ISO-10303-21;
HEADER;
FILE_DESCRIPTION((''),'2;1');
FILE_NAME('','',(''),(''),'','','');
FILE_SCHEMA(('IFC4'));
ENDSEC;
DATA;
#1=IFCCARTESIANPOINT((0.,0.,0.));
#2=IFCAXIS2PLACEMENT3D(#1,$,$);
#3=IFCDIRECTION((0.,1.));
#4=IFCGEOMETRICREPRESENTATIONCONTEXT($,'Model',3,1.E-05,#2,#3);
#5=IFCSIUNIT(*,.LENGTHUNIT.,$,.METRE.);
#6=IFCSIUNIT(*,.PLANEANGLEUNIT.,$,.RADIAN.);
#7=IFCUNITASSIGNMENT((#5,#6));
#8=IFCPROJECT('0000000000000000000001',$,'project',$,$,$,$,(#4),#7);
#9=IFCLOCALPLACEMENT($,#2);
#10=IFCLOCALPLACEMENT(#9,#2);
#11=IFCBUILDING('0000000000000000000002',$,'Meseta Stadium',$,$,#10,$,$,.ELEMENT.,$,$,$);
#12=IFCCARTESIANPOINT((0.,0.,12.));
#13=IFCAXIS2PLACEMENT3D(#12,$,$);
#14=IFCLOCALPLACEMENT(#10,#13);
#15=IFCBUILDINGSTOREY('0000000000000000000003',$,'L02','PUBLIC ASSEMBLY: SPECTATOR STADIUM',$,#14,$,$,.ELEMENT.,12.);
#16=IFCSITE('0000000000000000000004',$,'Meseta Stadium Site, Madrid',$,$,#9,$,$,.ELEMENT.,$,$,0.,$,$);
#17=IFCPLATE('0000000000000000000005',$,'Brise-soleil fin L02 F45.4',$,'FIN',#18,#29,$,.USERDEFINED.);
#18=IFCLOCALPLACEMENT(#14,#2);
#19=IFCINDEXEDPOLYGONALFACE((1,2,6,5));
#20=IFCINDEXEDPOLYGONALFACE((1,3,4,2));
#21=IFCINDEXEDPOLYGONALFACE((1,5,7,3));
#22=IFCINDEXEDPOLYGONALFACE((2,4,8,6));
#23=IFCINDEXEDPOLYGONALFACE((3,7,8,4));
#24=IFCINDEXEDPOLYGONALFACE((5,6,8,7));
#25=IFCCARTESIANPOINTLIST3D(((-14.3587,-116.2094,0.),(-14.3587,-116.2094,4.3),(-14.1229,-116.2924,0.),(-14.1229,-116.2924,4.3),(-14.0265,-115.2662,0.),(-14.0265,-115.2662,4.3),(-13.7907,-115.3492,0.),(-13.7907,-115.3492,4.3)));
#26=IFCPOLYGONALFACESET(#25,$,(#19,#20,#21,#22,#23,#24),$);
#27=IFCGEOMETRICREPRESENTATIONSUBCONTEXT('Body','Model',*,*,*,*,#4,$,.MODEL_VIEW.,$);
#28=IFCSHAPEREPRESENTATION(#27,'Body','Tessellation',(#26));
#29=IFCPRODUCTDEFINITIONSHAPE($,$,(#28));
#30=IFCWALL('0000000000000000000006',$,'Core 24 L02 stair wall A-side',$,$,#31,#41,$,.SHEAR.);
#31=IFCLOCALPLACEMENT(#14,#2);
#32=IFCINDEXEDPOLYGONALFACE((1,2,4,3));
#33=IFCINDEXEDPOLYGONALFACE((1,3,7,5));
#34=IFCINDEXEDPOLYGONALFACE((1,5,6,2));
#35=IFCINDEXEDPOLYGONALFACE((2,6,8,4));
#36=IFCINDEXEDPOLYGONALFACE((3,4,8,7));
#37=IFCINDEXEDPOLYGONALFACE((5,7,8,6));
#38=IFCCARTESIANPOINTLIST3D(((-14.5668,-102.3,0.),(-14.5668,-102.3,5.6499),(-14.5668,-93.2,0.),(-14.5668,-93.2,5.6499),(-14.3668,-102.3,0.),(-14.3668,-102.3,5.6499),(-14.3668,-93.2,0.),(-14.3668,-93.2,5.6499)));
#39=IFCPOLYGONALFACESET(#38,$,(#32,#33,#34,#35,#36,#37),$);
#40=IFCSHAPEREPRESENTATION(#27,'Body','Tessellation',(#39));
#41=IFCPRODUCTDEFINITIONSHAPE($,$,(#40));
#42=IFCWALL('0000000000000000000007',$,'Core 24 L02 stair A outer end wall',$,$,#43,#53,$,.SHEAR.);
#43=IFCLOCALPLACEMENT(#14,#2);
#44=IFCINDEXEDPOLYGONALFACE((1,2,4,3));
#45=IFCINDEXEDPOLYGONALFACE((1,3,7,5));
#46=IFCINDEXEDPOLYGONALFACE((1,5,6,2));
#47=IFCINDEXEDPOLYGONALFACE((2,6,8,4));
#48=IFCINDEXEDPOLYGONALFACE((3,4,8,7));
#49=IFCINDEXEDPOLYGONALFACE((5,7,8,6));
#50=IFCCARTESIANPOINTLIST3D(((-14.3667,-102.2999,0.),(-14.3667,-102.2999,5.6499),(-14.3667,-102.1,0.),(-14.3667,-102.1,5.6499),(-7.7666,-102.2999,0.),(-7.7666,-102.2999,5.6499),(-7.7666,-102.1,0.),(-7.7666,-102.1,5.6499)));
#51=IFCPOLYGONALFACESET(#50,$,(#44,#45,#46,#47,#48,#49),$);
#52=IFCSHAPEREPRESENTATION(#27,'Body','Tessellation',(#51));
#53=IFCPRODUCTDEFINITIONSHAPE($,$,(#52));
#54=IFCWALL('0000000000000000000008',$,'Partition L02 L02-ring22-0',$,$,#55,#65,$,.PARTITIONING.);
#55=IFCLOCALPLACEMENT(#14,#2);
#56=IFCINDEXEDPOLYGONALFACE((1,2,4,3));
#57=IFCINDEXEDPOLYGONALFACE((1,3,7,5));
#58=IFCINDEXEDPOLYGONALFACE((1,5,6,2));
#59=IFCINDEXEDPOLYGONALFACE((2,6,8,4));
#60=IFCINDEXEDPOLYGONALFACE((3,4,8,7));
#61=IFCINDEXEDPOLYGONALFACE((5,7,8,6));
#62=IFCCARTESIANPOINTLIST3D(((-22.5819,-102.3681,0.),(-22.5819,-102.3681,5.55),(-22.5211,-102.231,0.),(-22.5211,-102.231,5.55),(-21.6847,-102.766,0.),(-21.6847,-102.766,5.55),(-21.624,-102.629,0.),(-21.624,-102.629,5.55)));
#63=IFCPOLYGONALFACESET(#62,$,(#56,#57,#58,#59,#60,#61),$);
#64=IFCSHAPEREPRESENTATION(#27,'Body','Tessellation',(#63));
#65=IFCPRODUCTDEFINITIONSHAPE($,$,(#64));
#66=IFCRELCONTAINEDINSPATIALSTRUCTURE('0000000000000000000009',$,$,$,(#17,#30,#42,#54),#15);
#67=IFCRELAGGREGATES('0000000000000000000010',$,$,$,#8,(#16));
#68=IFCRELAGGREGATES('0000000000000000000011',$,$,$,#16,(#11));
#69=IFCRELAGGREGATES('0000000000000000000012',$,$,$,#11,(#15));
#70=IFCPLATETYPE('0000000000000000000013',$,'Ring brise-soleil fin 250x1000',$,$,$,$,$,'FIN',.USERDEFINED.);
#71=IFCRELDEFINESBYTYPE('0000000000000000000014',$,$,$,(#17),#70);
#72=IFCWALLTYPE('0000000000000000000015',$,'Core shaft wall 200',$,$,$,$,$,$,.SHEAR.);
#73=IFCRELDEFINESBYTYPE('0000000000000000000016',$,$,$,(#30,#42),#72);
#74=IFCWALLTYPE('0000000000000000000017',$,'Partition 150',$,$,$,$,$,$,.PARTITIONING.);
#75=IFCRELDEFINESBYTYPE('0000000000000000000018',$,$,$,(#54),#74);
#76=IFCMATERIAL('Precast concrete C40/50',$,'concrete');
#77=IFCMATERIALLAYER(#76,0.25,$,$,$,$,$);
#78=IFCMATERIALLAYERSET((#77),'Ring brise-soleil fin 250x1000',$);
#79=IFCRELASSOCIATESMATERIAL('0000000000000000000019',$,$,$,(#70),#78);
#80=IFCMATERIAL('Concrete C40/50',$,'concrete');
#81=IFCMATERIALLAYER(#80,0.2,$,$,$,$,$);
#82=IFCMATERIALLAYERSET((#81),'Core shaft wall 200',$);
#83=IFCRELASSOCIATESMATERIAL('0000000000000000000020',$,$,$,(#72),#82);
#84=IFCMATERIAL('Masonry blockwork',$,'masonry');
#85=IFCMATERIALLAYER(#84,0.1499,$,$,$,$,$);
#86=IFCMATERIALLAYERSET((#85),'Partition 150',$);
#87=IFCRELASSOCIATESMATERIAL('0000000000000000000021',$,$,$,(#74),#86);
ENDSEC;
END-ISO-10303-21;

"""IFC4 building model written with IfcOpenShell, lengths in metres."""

from ifc_helpers import new_model, si_unit, direction, frame, frame_2d, origin, origin_2d, place, context, subcontext, project, spatial, rectangle, extrude, material, layer, layer_set, type_object, element, save


model = new_model("IFC4")

# Units and contexts
model_context = context("Model", 3, precision=1e-05, world=origin(), true_north=direction((0.0, 1.0)))
body_context = subcontext(model_context, "Body", "Model", "MODEL_VIEW")
ifc_project = project(units=[si_unit("LENGTHUNIT", "METRE"), si_unit("PLANEANGLEUNIT", "RADIAN")], contexts=[model_context])

# Site, building, storey
site_placement = place(None, origin())
site = spatial("IfcSite", under=ifc_project, at=site_placement, Name="Meseta Stadium Site, Madrid", CompositionType="ELEMENT", RefElevation=0.0)
building_placement = place(site_placement, origin())
building = spatial("IfcBuilding", under=site, at=building_placement, Name="Meseta Stadium", CompositionType="ELEMENT")
storey_placement = place(building_placement, frame((0.0, 0.0, 12.0)))
storey = spatial("IfcBuildingStorey", under=building, at=storey_placement, Name="L02", Description="PUBLIC ASSEMBLY: SPECTATOR STADIUM", CompositionType="ELEMENT", Elevation=12.0)

# Plate
ifc_material_1 = material(Name="Precast concrete C40/50", Category="concrete")
ifc_layer_1 = layer(ifc_material_1, 0.25)
ifc_layer_set_1 = layer_set([ifc_layer_1], Name="Ring brise-soleil fin 250x1000")
plate_type_1 = type_object("IfcPlateType", Name="Ring brise-soleil fin 250x1000", ElementType="FIN", PredefinedType="USERDEFINED", material=ifc_layer_set_1)
for number, where, z_axis, x_axis, name in (
    (1, (-14.0747, -115.7793, 0.0), (0.0, 0.0, 1.0), (0.943217, -0.332176, 0.0), "Brise-soleil fin L02 F45.4"),
):
    element("IfcPlate", number, at=place(storey_placement, frame(where, z_axis=z_axis, x_axis=x_axis)), inside=storey, type_object=plate_type_1, Name=name, ObjectType="FIN", PredefinedType="USERDEFINED", context=body_context, shape_type="SweptSolid", body=[
        extrude(rectangle(XDim=0.25, YDim=1.0, at=origin_2d()), origin(), (0.0, 0.0, 1.0), 4.3),
    ])

# Walls
ifc_material_2 = material(Name="Concrete C40/50", Category="concrete")
ifc_layer_2 = layer(ifc_material_2, 0.2)
ifc_layer_set_2 = layer_set([ifc_layer_2], Name="Core shaft wall 200")
wall_type_1 = type_object("IfcWallType", Name="Core shaft wall 200", PredefinedType="SHEAR", material=ifc_layer_set_2)
wall_1_placement = place(storey_placement, frame((-14.4668, -102.3, 0.0), z_axis=(0.0, 0.0, 1.0), x_axis=(0.0, 1.0, 0.0)))
element("IfcWall", 2, at=wall_1_placement, inside=storey, type_object=wall_type_1, Name="Core 24 L02 stair wall A-side", PredefinedType="SHEAR", context=body_context, shape_type="SweptSolid", body=[
    extrude(rectangle(XDim=9.1001, YDim=0.2, at=frame_2d((4.55, 0.0))), origin(), (0.0, 0.0, 1.0), 5.6499),
])
wall_2_placement = place(storey_placement, frame((-14.3667, -102.2, 0.0), z_axis=(0.0, 0.0, 1.0), x_axis=(1.0, 0.0, 0.0)))
element("IfcWall", 3, at=wall_2_placement, inside=storey, type_object=wall_type_1, Name="Core 24 L02 stair A outer end wall", PredefinedType="SHEAR", context=body_context, shape_type="SweptSolid", body=[
    extrude(rectangle(XDim=6.6001, YDim=0.2, at=frame_2d((3.3, 0.0))), origin(), (0.0, 0.0, 1.0), 5.6499),
])
ifc_material_3 = material(Name="Masonry blockwork", Category="masonry")
ifc_layer_3 = layer(ifc_material_3, 0.1499)
ifc_layer_set_3 = layer_set([ifc_layer_3], Name="Partition 150")
wall_type_2 = type_object("IfcWallType", Name="Partition 150", PredefinedType="PARTITIONING", material=ifc_layer_set_3)
wall_3_placement = place(storey_placement, frame((-22.5515, -102.2996, 0.0), z_axis=(0.0, 0.0, 1.0), x_axis=(0.914119, -0.405446, 0.0)))
element("IfcWall", 4, at=wall_3_placement, inside=storey, type_object=wall_type_2, Name="Partition L02 L02-ring22-0", PredefinedType="PARTITIONING", context=body_context, shape_type="SweptSolid", body=[
    extrude(rectangle(XDim=0.9814, YDim=0.1499, at=frame_2d((0.4907, 0.0))), origin(), (0.0, 0.0, 1.0), 5.55),
])

save(model, "model.ifc")
